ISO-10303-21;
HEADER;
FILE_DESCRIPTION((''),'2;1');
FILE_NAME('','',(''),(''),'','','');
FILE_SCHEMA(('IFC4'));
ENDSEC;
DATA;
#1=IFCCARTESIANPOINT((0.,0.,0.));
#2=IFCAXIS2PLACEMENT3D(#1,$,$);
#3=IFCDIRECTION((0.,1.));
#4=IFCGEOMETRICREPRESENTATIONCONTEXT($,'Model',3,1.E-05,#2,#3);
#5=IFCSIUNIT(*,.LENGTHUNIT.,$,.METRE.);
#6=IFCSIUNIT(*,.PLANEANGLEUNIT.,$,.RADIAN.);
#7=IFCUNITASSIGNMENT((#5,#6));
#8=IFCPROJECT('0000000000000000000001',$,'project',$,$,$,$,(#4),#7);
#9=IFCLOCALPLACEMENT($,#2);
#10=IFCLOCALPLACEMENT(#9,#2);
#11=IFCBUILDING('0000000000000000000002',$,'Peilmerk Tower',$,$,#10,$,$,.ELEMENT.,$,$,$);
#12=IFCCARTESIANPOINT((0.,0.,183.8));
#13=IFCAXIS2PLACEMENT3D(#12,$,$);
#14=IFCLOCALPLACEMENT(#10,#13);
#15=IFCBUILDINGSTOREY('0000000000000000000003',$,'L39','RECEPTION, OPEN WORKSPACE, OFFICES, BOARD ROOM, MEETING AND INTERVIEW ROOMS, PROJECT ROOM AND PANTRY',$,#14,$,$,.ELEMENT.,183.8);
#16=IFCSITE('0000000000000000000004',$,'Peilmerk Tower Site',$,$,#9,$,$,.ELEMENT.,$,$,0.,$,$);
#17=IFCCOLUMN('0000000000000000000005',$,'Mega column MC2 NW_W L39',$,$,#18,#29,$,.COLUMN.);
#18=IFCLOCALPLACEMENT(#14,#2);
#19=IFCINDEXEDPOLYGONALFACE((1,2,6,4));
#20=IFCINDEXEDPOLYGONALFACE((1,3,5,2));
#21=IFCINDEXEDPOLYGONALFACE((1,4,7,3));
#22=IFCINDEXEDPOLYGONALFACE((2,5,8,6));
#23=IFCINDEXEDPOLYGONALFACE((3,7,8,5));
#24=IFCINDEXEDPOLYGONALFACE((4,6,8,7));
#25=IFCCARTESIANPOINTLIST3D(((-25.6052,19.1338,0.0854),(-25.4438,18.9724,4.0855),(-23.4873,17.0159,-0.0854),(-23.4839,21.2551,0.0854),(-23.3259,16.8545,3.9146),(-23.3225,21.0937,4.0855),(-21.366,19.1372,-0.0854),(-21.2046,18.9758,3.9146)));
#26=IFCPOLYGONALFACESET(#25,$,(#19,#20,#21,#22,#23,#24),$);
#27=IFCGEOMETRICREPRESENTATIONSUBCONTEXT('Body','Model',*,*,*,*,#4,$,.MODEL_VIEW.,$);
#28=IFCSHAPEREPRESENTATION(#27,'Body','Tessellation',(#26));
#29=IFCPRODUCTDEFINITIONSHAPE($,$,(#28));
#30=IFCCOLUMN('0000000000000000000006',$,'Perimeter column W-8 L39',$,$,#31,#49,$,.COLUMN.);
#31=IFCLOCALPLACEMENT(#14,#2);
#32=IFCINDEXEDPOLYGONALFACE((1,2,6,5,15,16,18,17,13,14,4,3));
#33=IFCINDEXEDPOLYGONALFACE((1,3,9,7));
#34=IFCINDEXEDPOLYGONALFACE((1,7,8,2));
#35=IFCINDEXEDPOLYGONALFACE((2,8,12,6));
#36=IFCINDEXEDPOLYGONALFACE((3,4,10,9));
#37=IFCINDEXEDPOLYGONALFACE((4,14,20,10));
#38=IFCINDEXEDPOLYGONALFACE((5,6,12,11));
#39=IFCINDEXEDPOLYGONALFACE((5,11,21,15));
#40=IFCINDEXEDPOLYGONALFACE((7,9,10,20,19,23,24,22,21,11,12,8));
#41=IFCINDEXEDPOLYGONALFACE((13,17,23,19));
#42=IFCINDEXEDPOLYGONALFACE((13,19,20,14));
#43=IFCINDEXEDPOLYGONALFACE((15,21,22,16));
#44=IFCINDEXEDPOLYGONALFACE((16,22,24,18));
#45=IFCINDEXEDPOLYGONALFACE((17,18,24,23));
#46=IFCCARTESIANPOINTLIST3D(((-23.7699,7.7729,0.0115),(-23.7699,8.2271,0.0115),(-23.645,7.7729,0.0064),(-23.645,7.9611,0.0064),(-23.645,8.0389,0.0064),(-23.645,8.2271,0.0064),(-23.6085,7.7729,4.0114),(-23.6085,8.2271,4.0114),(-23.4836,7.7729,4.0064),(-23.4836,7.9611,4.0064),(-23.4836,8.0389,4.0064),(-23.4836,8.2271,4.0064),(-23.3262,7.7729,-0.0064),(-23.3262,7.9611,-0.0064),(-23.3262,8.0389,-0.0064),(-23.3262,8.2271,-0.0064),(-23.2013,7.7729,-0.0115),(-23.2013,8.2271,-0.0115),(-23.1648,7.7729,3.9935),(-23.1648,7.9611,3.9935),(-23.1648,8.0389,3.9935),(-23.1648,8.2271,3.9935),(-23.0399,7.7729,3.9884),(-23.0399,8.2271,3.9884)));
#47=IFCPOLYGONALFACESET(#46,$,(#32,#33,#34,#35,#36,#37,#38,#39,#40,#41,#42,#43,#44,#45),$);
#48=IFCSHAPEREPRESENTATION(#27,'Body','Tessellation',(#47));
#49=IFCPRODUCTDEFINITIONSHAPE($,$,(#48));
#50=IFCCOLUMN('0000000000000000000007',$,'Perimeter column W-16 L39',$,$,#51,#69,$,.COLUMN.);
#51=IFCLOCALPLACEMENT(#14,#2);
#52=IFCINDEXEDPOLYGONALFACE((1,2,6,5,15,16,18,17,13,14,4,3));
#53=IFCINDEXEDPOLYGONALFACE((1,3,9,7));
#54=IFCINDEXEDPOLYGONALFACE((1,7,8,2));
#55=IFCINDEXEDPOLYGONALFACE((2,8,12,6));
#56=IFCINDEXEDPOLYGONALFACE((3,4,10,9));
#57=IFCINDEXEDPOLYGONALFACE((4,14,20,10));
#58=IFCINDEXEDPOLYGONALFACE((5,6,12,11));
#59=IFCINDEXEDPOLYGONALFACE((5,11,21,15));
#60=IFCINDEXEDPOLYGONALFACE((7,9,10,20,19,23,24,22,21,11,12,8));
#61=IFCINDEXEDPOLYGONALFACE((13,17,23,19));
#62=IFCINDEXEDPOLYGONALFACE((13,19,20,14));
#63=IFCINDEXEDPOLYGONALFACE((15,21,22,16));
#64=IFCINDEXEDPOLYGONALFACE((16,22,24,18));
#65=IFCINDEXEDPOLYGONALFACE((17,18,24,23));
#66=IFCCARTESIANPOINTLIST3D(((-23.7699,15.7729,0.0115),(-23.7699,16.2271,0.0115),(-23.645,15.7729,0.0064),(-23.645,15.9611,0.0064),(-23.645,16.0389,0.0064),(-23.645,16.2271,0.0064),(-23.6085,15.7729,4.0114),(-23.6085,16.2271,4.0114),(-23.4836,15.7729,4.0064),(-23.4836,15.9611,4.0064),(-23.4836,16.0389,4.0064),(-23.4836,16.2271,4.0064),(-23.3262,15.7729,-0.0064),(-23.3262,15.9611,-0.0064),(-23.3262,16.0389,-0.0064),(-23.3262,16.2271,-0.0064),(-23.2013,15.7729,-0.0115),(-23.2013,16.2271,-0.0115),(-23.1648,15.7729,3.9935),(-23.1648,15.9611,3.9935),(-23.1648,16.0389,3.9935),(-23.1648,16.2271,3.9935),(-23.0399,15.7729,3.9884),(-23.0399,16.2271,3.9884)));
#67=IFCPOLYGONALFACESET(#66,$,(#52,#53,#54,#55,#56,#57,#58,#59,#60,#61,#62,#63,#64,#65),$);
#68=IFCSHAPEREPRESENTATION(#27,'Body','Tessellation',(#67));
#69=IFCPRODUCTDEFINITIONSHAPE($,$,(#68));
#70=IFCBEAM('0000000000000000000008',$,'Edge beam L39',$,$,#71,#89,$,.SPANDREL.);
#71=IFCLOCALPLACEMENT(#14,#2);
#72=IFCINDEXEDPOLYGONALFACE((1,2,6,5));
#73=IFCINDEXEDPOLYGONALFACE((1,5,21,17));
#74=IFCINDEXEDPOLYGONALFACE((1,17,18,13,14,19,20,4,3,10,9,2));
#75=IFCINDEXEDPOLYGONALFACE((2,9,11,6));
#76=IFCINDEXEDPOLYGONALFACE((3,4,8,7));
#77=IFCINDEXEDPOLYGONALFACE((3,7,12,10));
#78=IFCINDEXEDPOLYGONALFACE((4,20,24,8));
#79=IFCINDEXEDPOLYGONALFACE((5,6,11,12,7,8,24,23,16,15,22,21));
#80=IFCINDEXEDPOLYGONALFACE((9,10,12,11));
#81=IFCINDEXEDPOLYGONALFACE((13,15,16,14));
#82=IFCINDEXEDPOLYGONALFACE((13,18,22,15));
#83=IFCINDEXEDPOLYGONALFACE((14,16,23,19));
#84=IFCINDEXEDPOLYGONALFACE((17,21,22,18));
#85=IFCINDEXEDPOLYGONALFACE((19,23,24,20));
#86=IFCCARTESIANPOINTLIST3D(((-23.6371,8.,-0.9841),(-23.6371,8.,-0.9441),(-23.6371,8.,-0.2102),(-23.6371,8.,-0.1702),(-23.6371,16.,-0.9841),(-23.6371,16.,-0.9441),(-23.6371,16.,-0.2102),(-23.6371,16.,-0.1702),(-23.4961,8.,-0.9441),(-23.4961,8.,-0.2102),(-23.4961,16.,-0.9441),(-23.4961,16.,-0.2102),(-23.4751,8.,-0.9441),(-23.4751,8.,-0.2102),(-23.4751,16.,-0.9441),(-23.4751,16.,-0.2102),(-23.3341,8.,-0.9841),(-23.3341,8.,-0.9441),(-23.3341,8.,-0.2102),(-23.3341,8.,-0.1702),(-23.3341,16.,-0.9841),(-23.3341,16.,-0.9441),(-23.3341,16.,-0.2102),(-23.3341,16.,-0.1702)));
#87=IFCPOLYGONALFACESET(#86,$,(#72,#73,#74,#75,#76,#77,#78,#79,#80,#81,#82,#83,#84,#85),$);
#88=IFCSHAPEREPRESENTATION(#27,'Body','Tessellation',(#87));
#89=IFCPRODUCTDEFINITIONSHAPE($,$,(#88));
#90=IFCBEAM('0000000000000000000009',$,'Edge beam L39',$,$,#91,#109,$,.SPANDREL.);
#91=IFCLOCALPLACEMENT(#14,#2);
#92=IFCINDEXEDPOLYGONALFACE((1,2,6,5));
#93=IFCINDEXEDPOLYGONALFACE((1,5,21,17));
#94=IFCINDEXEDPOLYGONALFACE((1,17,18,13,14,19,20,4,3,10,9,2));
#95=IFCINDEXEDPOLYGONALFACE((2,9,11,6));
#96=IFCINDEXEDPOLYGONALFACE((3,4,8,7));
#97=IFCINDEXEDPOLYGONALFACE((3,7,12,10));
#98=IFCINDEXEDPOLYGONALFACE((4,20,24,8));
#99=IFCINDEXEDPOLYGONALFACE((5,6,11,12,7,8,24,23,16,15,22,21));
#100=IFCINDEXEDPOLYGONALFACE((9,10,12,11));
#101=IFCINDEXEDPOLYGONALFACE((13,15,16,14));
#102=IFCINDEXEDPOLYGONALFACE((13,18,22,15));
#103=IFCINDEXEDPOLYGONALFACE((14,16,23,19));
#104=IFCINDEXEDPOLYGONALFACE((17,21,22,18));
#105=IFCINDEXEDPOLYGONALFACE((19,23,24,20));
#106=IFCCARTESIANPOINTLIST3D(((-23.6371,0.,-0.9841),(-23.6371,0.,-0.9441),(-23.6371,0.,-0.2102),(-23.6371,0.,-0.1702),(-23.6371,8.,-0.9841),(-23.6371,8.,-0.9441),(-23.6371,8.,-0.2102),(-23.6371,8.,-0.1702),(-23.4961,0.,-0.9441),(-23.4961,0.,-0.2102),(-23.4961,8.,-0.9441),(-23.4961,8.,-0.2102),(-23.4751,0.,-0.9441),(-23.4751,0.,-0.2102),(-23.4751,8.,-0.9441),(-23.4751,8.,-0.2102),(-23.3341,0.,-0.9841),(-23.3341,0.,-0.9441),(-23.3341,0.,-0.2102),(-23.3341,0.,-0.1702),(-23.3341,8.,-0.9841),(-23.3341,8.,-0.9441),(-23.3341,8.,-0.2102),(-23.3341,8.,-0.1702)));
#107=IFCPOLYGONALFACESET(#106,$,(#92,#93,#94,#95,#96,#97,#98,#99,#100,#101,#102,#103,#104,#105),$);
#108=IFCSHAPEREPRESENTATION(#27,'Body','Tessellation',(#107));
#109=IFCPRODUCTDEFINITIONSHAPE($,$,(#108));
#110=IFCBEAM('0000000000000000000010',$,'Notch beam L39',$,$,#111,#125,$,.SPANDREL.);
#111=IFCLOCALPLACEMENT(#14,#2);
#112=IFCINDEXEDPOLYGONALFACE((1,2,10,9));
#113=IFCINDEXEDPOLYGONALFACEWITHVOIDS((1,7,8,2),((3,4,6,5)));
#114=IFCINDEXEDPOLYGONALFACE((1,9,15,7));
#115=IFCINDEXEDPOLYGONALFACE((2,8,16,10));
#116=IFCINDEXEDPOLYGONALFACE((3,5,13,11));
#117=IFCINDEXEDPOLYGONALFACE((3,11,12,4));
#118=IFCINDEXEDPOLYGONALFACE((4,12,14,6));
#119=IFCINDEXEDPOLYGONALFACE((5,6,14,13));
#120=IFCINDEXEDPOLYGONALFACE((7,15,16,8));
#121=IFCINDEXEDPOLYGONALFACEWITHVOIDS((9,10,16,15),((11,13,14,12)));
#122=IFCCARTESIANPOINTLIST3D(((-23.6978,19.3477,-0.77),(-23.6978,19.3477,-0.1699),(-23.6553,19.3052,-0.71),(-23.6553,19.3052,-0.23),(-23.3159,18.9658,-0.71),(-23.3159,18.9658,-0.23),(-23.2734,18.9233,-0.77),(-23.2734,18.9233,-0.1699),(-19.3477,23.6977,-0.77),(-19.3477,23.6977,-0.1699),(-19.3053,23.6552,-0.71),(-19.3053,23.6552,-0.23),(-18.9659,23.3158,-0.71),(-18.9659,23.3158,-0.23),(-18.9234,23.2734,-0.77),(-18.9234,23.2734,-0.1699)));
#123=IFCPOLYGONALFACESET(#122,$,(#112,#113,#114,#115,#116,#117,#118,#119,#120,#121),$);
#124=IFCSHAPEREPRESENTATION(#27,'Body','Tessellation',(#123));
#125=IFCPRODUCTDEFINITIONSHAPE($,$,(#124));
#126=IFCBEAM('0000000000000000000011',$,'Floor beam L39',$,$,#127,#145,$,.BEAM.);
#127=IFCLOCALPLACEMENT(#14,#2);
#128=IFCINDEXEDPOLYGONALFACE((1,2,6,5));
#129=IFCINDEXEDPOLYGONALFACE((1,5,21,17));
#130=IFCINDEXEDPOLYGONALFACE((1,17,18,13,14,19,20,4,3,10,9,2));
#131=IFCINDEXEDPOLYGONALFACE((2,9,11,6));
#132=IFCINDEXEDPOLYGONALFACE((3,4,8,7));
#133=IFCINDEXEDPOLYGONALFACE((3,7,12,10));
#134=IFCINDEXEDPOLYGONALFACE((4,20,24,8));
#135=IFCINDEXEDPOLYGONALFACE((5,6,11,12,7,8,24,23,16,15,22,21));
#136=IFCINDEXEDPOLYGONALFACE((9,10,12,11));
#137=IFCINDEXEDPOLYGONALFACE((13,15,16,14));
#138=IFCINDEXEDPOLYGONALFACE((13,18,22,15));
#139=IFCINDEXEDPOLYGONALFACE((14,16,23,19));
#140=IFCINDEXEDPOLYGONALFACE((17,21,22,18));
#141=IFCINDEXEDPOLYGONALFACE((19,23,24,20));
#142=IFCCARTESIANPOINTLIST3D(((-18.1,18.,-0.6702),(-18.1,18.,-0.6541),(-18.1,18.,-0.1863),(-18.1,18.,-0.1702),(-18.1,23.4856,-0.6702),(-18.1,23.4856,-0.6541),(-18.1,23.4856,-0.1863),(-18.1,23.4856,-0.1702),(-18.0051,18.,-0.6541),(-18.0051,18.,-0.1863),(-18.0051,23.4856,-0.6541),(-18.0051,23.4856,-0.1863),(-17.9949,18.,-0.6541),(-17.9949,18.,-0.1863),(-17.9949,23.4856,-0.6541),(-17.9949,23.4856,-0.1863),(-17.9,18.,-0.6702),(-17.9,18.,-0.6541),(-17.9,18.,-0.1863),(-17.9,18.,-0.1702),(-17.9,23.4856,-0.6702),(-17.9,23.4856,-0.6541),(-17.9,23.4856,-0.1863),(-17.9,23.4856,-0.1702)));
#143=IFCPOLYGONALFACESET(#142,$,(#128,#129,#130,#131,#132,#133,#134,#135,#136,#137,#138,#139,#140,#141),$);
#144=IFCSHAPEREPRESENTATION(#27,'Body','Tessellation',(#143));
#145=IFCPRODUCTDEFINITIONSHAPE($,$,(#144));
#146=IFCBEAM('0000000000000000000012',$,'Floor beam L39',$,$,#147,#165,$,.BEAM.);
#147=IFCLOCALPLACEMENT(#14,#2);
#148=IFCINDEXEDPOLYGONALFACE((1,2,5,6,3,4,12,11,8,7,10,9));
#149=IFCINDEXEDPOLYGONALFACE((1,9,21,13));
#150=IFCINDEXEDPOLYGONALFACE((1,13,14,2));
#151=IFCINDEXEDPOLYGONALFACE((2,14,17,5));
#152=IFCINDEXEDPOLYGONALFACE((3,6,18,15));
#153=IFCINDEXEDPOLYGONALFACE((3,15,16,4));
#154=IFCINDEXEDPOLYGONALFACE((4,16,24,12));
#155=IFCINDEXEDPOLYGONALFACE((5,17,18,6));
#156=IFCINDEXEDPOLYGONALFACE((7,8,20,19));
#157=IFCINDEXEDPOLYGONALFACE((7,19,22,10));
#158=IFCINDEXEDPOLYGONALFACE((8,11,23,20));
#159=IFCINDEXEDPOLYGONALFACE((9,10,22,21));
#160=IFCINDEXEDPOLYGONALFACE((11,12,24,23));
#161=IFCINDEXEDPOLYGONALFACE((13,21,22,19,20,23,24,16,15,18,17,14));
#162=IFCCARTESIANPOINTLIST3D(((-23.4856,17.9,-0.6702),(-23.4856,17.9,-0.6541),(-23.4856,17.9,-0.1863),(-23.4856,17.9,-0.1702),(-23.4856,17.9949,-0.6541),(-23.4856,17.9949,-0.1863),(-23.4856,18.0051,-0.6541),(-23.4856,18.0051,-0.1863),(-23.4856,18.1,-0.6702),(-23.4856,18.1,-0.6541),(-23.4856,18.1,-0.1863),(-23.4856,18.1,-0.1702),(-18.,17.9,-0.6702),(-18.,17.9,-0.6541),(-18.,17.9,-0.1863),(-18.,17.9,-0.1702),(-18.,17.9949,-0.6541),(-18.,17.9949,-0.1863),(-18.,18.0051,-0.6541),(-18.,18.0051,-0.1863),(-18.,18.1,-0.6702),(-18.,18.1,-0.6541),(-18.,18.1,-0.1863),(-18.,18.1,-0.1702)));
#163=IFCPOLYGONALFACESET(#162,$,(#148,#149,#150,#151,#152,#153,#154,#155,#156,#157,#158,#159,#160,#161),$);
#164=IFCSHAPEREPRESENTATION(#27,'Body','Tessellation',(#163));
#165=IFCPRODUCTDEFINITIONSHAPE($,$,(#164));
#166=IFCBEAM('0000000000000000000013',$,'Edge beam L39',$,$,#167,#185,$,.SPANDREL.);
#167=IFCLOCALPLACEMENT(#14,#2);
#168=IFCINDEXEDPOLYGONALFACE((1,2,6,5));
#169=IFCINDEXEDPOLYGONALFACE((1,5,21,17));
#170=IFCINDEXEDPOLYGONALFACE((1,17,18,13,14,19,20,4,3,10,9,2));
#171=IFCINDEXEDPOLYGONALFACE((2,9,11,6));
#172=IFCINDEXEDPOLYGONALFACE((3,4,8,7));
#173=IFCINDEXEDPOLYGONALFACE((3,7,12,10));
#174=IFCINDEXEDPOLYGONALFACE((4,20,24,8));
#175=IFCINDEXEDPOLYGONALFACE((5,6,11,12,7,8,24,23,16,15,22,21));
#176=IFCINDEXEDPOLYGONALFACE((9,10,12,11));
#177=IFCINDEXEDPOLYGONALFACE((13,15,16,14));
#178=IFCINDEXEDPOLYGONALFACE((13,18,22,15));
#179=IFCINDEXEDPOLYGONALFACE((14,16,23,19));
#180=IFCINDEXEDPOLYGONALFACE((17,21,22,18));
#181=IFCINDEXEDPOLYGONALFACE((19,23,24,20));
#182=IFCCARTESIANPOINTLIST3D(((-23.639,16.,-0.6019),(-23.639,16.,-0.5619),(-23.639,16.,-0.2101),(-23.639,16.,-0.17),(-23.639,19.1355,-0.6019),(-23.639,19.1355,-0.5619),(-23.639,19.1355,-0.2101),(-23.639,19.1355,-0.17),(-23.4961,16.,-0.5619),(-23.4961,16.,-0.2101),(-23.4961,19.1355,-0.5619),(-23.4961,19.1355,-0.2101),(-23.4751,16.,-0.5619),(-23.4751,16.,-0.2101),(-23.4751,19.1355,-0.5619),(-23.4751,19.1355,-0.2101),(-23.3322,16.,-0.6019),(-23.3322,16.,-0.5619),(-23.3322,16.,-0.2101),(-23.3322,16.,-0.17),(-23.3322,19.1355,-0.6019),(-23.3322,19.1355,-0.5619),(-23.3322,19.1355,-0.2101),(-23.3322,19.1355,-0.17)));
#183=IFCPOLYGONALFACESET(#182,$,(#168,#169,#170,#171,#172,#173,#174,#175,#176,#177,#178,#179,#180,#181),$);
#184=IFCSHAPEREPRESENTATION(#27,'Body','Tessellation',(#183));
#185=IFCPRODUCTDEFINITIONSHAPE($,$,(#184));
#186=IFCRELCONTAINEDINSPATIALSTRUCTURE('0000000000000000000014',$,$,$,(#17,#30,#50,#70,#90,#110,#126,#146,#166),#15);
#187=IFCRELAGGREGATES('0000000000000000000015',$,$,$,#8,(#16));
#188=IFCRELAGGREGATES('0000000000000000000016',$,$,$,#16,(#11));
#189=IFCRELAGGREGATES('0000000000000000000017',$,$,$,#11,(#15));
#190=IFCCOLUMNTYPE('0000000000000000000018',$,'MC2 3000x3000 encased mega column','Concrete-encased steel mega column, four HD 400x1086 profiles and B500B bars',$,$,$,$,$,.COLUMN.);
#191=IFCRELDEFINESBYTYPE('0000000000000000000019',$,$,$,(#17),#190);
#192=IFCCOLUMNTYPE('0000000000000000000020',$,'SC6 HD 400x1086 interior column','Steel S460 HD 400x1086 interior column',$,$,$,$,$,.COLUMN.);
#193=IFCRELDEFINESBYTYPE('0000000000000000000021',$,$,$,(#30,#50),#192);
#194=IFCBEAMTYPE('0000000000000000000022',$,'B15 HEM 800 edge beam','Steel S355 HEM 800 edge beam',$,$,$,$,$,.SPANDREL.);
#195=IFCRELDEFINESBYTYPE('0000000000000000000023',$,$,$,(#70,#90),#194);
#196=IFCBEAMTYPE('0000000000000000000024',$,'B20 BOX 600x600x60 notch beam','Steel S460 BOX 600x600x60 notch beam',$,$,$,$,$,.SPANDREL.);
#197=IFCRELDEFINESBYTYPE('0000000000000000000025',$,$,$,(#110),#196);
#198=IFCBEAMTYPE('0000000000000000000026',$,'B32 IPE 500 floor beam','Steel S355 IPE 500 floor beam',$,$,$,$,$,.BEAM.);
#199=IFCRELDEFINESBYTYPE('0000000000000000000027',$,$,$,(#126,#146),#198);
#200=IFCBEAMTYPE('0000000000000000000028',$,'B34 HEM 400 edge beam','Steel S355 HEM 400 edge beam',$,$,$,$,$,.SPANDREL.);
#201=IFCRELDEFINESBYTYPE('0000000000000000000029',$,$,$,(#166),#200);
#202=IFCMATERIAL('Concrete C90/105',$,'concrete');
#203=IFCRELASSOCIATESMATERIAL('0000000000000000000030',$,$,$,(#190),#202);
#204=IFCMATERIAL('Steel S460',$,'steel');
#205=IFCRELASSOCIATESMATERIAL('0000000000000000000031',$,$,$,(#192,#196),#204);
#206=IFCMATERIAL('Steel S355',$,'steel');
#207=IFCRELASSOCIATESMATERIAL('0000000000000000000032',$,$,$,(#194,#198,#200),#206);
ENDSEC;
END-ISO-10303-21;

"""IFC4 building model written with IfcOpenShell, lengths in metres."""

from ifc_helpers import new_model, si_unit, direction, frame, origin, origin_2d, place, context, subcontext, project, spatial, rectangle, hollow_rectangle, i_section, extrude, material, material_profile, profile_set, type_object, element, save


model = new_model("IFC4")

# Units and contexts
model_context = context("Model", 3, precision=1e-05, world=origin(), true_north=direction((0.0, 1.0)))
body_context = subcontext(model_context, "Body", "Model", "MODEL_VIEW")
ifc_project = project(units=[si_unit("LENGTHUNIT", "METRE"), si_unit("PLANEANGLEUNIT", "RADIAN")], contexts=[model_context])

# Site, building, storey
site_placement = place(None, origin())
site = spatial("IfcSite", under=ifc_project, at=site_placement, Name="Peilmerk Tower Site", CompositionType="ELEMENT", RefElevation=0.0)
building_placement = place(site_placement, origin())
building = spatial("IfcBuilding", under=site, at=building_placement, Name="Peilmerk Tower", CompositionType="ELEMENT")
storey_placement = place(building_placement, frame((0.0, 0.0, 183.8)))
storey = spatial("IfcBuildingStorey", under=building, at=storey_placement, Name="L39", Description="RECEPTION, OPEN WORKSPACE, OFFICES, BOARD ROOM, MEETING AND INTERVIEW ROOMS, PROJECT ROOM AND PANTRY", CompositionType="ELEMENT", Elevation=183.8)

# Columns
ifc_material_1 = material(Name="Concrete C90/105", Category="concrete")
ifc_material_profile_1 = material_profile(ifc_material_1, rectangle(XDim=3.0, YDim=3.0, at=origin_2d()), Name="RC 3000x3000")
ifc_profile_set_1 = profile_set([ifc_material_profile_1], Name="Concrete C90/105")
column_type_1 = type_object("IfcColumnType", Name="MC2 3000x3000 encased mega column", Description="Concrete-encased steel mega column, four HD 400x1086 profiles and B500B bars", PredefinedType="COLUMN", material=ifc_profile_set_1)
column_placement = place(storey_placement, frame((-23.4856, 19.1355, 0.0), z_axis=(0.040279, -0.040279, 0.998376), x_axis=(0.707107, 0.707107, 0.0)))
element("IfcColumn", 1, at=column_placement, inside=storey, type_object=column_type_1, Name="Mega column MC2 NW_W L39", PredefinedType="COLUMN", context=body_context, shape_type="SweptSolid", body=[
    extrude(rectangle(XDim=3.0, YDim=3.0, at=origin_2d()), origin(), (0.0, 0.0, 1.0), 4.0066),
])
ifc_material_2 = material(Name="Steel S460", Category="steel")
ifc_material_profile_2 = material_profile(ifc_material_2, i_section(OverallWidth=0.4541, OverallDepth=0.5691, WebThickness=0.0779, FlangeThickness=0.125, at=origin_2d()), Name="HD 400x1086")
ifc_profile_set_2 = profile_set([ifc_material_profile_2], Name="Steel S460")
column_type_2 = type_object("IfcColumnType", Name="SC6 HD 400x1086 interior column", Description="Steel S460 HD 400x1086 interior column", PredefinedType="COLUMN", material=ifc_profile_set_2)
for number, where, z_axis, x_axis, name in (
    (2, (-23.4856, 8.0, 0.0), (0.040311, 0.0, 0.999187), (0.0, 1.0, 0.0), "Perimeter column W-8 L39"),
    (3, (-23.4856, 16.0, 0.0), (0.040311, 0.0, 0.999187), (0.0, 1.0, 0.0), "Perimeter column W-16 L39"),
):
    element("IfcColumn", number, at=place(storey_placement, frame(where, z_axis=z_axis, x_axis=x_axis)), inside=storey, type_object=column_type_2, Name=name, PredefinedType="COLUMN", context=body_context, shape_type="SweptSolid", body=[
        extrude(i_section(OverallWidth=0.4541, OverallDepth=0.5691, WebThickness=0.0779, FlangeThickness=0.125, at=origin_2d()), origin(), (0.0, 0.0, 1.0), 4.0032),
    ])

# Beams
ifc_material_3 = material(Name="Steel S355", Category="steel")
ifc_material_profile_3 = material_profile(ifc_material_3, i_section(OverallWidth=0.303, OverallDepth=0.814, WebThickness=0.021, FlangeThickness=0.04, at=origin_2d()), Name="HEM 800")
ifc_profile_set_3 = profile_set([ifc_material_profile_3], Name="Steel S355")
beam_type_1 = type_object("IfcBeamType", Name="B15 HEM 800 edge beam", Description="Steel S355 HEM 800 edge beam", PredefinedType="SPANDREL", material=ifc_profile_set_3)
for number, where, z_axis, x_axis, name in (
    (4, (-23.4856, 16.0, -0.5771), (0.0, -1.0, 0.0), (1.0, 0.0, 0.0), "Edge beam L39"),
    (5, (-23.4856, 8.0, -0.5771), (0.0, -1.0, 0.0), (1.0, 0.0, 0.0), "Edge beam L39"),
):
    element("IfcBeam", number, at=place(storey_placement, frame(where, z_axis=z_axis, x_axis=x_axis)), inside=storey, type_object=beam_type_1, Name=name, PredefinedType="SPANDREL", context=body_context, shape_type="SweptSolid", body=[
        extrude(i_section(OverallWidth=0.303, OverallDepth=0.814, WebThickness=0.021, FlangeThickness=0.04, at=origin_2d()), origin(), (0.0, 0.0, 1.0), 8.0),
    ])
ifc_material_profile_4 = material_profile(ifc_material_2, hollow_rectangle(XDim=0.6001, YDim=0.6001, WallThickness=0.0601, at=origin_2d()), Name="BOX 600x600x60")
ifc_profile_set_4 = profile_set([ifc_material_profile_4], Name="Steel S460")
beam_type_2 = type_object("IfcBeamType", Name="B20 BOX 600x600x60 notch beam", Description="Steel S460 BOX 600x600x60 notch beam", PredefinedType="SPANDREL", material=ifc_profile_set_4)
beam_1_placement = place(storey_placement, frame((-23.4856, 19.1355, -0.47), z_axis=(0.707107, 0.707107, 0.0), x_axis=(-0.707107, 0.707107, 0.0)))
element("IfcBeam", 6, at=beam_1_placement, inside=storey, type_object=beam_type_2, Name="Notch beam L39", PredefinedType="SPANDREL", context=body_context, shape_type="SweptSolid", body=[
    extrude(hollow_rectangle(XDim=0.6001, YDim=0.6001, WallThickness=0.0601, at=origin_2d()), origin(), (0.0, 0.0, 1.0), 6.1519),
])
ifc_material_profile_5 = material_profile(ifc_material_3, i_section(OverallWidth=0.2, OverallDepth=0.5, WebThickness=0.0103, FlangeThickness=0.0161, at=origin_2d()), Name="IPE 500")
ifc_profile_set_5 = profile_set([ifc_material_profile_5], Name="Steel S355")
beam_type_3 = type_object("IfcBeamType", Name="B32 IPE 500 floor beam", Description="Steel S355 IPE 500 floor beam", PredefinedType="BEAM", material=ifc_profile_set_5)
for number, where, z_axis, x_axis, name in (
    (7, (-18.0, 18.0, -0.4202), (0.0, 1.0, 0.0), (-1.0, 0.0, 0.0), "Floor beam L39"),
    (8, (-18.0, 18.0, -0.4202), (-1.0, 0.0, 0.0), (0.0, -1.0, 0.0), "Floor beam L39"),
):
    element("IfcBeam", number, at=place(storey_placement, frame(where, z_axis=z_axis, x_axis=x_axis)), inside=storey, type_object=beam_type_3, Name=name, PredefinedType="BEAM", context=body_context, shape_type="SweptSolid", body=[
        extrude(i_section(OverallWidth=0.2, OverallDepth=0.5, WebThickness=0.0103, FlangeThickness=0.0161, at=origin_2d()), origin(), (0.0, 0.0, 1.0), 5.4856),
    ])
ifc_material_profile_6 = material_profile(ifc_material_3, i_section(OverallWidth=0.3069, OverallDepth=0.4319, WebThickness=0.021, FlangeThickness=0.04, at=origin_2d()), Name="HEM 400")
ifc_profile_set_6 = profile_set([ifc_material_profile_6], Name="Steel S355")
beam_type_4 = type_object("IfcBeamType", Name="B34 HEM 400 edge beam", Description="Steel S355 HEM 400 edge beam", PredefinedType="SPANDREL", material=ifc_profile_set_6)
beam_2_placement = place(storey_placement, frame((-23.4856, 19.1355, -0.386), z_axis=(0.0, -1.0, 0.0), x_axis=(1.0, 0.0, 0.0)))
element("IfcBeam", 9, at=beam_2_placement, inside=storey, type_object=beam_type_4, Name="Edge beam L39", PredefinedType="SPANDREL", context=body_context, shape_type="SweptSolid", body=[
    extrude(i_section(OverallWidth=0.3069, OverallDepth=0.4319, WebThickness=0.021, FlangeThickness=0.04, at=origin_2d()), origin(), (0.0, 0.0, 1.0), 3.1355),
])

save(model, "model.ifc")
